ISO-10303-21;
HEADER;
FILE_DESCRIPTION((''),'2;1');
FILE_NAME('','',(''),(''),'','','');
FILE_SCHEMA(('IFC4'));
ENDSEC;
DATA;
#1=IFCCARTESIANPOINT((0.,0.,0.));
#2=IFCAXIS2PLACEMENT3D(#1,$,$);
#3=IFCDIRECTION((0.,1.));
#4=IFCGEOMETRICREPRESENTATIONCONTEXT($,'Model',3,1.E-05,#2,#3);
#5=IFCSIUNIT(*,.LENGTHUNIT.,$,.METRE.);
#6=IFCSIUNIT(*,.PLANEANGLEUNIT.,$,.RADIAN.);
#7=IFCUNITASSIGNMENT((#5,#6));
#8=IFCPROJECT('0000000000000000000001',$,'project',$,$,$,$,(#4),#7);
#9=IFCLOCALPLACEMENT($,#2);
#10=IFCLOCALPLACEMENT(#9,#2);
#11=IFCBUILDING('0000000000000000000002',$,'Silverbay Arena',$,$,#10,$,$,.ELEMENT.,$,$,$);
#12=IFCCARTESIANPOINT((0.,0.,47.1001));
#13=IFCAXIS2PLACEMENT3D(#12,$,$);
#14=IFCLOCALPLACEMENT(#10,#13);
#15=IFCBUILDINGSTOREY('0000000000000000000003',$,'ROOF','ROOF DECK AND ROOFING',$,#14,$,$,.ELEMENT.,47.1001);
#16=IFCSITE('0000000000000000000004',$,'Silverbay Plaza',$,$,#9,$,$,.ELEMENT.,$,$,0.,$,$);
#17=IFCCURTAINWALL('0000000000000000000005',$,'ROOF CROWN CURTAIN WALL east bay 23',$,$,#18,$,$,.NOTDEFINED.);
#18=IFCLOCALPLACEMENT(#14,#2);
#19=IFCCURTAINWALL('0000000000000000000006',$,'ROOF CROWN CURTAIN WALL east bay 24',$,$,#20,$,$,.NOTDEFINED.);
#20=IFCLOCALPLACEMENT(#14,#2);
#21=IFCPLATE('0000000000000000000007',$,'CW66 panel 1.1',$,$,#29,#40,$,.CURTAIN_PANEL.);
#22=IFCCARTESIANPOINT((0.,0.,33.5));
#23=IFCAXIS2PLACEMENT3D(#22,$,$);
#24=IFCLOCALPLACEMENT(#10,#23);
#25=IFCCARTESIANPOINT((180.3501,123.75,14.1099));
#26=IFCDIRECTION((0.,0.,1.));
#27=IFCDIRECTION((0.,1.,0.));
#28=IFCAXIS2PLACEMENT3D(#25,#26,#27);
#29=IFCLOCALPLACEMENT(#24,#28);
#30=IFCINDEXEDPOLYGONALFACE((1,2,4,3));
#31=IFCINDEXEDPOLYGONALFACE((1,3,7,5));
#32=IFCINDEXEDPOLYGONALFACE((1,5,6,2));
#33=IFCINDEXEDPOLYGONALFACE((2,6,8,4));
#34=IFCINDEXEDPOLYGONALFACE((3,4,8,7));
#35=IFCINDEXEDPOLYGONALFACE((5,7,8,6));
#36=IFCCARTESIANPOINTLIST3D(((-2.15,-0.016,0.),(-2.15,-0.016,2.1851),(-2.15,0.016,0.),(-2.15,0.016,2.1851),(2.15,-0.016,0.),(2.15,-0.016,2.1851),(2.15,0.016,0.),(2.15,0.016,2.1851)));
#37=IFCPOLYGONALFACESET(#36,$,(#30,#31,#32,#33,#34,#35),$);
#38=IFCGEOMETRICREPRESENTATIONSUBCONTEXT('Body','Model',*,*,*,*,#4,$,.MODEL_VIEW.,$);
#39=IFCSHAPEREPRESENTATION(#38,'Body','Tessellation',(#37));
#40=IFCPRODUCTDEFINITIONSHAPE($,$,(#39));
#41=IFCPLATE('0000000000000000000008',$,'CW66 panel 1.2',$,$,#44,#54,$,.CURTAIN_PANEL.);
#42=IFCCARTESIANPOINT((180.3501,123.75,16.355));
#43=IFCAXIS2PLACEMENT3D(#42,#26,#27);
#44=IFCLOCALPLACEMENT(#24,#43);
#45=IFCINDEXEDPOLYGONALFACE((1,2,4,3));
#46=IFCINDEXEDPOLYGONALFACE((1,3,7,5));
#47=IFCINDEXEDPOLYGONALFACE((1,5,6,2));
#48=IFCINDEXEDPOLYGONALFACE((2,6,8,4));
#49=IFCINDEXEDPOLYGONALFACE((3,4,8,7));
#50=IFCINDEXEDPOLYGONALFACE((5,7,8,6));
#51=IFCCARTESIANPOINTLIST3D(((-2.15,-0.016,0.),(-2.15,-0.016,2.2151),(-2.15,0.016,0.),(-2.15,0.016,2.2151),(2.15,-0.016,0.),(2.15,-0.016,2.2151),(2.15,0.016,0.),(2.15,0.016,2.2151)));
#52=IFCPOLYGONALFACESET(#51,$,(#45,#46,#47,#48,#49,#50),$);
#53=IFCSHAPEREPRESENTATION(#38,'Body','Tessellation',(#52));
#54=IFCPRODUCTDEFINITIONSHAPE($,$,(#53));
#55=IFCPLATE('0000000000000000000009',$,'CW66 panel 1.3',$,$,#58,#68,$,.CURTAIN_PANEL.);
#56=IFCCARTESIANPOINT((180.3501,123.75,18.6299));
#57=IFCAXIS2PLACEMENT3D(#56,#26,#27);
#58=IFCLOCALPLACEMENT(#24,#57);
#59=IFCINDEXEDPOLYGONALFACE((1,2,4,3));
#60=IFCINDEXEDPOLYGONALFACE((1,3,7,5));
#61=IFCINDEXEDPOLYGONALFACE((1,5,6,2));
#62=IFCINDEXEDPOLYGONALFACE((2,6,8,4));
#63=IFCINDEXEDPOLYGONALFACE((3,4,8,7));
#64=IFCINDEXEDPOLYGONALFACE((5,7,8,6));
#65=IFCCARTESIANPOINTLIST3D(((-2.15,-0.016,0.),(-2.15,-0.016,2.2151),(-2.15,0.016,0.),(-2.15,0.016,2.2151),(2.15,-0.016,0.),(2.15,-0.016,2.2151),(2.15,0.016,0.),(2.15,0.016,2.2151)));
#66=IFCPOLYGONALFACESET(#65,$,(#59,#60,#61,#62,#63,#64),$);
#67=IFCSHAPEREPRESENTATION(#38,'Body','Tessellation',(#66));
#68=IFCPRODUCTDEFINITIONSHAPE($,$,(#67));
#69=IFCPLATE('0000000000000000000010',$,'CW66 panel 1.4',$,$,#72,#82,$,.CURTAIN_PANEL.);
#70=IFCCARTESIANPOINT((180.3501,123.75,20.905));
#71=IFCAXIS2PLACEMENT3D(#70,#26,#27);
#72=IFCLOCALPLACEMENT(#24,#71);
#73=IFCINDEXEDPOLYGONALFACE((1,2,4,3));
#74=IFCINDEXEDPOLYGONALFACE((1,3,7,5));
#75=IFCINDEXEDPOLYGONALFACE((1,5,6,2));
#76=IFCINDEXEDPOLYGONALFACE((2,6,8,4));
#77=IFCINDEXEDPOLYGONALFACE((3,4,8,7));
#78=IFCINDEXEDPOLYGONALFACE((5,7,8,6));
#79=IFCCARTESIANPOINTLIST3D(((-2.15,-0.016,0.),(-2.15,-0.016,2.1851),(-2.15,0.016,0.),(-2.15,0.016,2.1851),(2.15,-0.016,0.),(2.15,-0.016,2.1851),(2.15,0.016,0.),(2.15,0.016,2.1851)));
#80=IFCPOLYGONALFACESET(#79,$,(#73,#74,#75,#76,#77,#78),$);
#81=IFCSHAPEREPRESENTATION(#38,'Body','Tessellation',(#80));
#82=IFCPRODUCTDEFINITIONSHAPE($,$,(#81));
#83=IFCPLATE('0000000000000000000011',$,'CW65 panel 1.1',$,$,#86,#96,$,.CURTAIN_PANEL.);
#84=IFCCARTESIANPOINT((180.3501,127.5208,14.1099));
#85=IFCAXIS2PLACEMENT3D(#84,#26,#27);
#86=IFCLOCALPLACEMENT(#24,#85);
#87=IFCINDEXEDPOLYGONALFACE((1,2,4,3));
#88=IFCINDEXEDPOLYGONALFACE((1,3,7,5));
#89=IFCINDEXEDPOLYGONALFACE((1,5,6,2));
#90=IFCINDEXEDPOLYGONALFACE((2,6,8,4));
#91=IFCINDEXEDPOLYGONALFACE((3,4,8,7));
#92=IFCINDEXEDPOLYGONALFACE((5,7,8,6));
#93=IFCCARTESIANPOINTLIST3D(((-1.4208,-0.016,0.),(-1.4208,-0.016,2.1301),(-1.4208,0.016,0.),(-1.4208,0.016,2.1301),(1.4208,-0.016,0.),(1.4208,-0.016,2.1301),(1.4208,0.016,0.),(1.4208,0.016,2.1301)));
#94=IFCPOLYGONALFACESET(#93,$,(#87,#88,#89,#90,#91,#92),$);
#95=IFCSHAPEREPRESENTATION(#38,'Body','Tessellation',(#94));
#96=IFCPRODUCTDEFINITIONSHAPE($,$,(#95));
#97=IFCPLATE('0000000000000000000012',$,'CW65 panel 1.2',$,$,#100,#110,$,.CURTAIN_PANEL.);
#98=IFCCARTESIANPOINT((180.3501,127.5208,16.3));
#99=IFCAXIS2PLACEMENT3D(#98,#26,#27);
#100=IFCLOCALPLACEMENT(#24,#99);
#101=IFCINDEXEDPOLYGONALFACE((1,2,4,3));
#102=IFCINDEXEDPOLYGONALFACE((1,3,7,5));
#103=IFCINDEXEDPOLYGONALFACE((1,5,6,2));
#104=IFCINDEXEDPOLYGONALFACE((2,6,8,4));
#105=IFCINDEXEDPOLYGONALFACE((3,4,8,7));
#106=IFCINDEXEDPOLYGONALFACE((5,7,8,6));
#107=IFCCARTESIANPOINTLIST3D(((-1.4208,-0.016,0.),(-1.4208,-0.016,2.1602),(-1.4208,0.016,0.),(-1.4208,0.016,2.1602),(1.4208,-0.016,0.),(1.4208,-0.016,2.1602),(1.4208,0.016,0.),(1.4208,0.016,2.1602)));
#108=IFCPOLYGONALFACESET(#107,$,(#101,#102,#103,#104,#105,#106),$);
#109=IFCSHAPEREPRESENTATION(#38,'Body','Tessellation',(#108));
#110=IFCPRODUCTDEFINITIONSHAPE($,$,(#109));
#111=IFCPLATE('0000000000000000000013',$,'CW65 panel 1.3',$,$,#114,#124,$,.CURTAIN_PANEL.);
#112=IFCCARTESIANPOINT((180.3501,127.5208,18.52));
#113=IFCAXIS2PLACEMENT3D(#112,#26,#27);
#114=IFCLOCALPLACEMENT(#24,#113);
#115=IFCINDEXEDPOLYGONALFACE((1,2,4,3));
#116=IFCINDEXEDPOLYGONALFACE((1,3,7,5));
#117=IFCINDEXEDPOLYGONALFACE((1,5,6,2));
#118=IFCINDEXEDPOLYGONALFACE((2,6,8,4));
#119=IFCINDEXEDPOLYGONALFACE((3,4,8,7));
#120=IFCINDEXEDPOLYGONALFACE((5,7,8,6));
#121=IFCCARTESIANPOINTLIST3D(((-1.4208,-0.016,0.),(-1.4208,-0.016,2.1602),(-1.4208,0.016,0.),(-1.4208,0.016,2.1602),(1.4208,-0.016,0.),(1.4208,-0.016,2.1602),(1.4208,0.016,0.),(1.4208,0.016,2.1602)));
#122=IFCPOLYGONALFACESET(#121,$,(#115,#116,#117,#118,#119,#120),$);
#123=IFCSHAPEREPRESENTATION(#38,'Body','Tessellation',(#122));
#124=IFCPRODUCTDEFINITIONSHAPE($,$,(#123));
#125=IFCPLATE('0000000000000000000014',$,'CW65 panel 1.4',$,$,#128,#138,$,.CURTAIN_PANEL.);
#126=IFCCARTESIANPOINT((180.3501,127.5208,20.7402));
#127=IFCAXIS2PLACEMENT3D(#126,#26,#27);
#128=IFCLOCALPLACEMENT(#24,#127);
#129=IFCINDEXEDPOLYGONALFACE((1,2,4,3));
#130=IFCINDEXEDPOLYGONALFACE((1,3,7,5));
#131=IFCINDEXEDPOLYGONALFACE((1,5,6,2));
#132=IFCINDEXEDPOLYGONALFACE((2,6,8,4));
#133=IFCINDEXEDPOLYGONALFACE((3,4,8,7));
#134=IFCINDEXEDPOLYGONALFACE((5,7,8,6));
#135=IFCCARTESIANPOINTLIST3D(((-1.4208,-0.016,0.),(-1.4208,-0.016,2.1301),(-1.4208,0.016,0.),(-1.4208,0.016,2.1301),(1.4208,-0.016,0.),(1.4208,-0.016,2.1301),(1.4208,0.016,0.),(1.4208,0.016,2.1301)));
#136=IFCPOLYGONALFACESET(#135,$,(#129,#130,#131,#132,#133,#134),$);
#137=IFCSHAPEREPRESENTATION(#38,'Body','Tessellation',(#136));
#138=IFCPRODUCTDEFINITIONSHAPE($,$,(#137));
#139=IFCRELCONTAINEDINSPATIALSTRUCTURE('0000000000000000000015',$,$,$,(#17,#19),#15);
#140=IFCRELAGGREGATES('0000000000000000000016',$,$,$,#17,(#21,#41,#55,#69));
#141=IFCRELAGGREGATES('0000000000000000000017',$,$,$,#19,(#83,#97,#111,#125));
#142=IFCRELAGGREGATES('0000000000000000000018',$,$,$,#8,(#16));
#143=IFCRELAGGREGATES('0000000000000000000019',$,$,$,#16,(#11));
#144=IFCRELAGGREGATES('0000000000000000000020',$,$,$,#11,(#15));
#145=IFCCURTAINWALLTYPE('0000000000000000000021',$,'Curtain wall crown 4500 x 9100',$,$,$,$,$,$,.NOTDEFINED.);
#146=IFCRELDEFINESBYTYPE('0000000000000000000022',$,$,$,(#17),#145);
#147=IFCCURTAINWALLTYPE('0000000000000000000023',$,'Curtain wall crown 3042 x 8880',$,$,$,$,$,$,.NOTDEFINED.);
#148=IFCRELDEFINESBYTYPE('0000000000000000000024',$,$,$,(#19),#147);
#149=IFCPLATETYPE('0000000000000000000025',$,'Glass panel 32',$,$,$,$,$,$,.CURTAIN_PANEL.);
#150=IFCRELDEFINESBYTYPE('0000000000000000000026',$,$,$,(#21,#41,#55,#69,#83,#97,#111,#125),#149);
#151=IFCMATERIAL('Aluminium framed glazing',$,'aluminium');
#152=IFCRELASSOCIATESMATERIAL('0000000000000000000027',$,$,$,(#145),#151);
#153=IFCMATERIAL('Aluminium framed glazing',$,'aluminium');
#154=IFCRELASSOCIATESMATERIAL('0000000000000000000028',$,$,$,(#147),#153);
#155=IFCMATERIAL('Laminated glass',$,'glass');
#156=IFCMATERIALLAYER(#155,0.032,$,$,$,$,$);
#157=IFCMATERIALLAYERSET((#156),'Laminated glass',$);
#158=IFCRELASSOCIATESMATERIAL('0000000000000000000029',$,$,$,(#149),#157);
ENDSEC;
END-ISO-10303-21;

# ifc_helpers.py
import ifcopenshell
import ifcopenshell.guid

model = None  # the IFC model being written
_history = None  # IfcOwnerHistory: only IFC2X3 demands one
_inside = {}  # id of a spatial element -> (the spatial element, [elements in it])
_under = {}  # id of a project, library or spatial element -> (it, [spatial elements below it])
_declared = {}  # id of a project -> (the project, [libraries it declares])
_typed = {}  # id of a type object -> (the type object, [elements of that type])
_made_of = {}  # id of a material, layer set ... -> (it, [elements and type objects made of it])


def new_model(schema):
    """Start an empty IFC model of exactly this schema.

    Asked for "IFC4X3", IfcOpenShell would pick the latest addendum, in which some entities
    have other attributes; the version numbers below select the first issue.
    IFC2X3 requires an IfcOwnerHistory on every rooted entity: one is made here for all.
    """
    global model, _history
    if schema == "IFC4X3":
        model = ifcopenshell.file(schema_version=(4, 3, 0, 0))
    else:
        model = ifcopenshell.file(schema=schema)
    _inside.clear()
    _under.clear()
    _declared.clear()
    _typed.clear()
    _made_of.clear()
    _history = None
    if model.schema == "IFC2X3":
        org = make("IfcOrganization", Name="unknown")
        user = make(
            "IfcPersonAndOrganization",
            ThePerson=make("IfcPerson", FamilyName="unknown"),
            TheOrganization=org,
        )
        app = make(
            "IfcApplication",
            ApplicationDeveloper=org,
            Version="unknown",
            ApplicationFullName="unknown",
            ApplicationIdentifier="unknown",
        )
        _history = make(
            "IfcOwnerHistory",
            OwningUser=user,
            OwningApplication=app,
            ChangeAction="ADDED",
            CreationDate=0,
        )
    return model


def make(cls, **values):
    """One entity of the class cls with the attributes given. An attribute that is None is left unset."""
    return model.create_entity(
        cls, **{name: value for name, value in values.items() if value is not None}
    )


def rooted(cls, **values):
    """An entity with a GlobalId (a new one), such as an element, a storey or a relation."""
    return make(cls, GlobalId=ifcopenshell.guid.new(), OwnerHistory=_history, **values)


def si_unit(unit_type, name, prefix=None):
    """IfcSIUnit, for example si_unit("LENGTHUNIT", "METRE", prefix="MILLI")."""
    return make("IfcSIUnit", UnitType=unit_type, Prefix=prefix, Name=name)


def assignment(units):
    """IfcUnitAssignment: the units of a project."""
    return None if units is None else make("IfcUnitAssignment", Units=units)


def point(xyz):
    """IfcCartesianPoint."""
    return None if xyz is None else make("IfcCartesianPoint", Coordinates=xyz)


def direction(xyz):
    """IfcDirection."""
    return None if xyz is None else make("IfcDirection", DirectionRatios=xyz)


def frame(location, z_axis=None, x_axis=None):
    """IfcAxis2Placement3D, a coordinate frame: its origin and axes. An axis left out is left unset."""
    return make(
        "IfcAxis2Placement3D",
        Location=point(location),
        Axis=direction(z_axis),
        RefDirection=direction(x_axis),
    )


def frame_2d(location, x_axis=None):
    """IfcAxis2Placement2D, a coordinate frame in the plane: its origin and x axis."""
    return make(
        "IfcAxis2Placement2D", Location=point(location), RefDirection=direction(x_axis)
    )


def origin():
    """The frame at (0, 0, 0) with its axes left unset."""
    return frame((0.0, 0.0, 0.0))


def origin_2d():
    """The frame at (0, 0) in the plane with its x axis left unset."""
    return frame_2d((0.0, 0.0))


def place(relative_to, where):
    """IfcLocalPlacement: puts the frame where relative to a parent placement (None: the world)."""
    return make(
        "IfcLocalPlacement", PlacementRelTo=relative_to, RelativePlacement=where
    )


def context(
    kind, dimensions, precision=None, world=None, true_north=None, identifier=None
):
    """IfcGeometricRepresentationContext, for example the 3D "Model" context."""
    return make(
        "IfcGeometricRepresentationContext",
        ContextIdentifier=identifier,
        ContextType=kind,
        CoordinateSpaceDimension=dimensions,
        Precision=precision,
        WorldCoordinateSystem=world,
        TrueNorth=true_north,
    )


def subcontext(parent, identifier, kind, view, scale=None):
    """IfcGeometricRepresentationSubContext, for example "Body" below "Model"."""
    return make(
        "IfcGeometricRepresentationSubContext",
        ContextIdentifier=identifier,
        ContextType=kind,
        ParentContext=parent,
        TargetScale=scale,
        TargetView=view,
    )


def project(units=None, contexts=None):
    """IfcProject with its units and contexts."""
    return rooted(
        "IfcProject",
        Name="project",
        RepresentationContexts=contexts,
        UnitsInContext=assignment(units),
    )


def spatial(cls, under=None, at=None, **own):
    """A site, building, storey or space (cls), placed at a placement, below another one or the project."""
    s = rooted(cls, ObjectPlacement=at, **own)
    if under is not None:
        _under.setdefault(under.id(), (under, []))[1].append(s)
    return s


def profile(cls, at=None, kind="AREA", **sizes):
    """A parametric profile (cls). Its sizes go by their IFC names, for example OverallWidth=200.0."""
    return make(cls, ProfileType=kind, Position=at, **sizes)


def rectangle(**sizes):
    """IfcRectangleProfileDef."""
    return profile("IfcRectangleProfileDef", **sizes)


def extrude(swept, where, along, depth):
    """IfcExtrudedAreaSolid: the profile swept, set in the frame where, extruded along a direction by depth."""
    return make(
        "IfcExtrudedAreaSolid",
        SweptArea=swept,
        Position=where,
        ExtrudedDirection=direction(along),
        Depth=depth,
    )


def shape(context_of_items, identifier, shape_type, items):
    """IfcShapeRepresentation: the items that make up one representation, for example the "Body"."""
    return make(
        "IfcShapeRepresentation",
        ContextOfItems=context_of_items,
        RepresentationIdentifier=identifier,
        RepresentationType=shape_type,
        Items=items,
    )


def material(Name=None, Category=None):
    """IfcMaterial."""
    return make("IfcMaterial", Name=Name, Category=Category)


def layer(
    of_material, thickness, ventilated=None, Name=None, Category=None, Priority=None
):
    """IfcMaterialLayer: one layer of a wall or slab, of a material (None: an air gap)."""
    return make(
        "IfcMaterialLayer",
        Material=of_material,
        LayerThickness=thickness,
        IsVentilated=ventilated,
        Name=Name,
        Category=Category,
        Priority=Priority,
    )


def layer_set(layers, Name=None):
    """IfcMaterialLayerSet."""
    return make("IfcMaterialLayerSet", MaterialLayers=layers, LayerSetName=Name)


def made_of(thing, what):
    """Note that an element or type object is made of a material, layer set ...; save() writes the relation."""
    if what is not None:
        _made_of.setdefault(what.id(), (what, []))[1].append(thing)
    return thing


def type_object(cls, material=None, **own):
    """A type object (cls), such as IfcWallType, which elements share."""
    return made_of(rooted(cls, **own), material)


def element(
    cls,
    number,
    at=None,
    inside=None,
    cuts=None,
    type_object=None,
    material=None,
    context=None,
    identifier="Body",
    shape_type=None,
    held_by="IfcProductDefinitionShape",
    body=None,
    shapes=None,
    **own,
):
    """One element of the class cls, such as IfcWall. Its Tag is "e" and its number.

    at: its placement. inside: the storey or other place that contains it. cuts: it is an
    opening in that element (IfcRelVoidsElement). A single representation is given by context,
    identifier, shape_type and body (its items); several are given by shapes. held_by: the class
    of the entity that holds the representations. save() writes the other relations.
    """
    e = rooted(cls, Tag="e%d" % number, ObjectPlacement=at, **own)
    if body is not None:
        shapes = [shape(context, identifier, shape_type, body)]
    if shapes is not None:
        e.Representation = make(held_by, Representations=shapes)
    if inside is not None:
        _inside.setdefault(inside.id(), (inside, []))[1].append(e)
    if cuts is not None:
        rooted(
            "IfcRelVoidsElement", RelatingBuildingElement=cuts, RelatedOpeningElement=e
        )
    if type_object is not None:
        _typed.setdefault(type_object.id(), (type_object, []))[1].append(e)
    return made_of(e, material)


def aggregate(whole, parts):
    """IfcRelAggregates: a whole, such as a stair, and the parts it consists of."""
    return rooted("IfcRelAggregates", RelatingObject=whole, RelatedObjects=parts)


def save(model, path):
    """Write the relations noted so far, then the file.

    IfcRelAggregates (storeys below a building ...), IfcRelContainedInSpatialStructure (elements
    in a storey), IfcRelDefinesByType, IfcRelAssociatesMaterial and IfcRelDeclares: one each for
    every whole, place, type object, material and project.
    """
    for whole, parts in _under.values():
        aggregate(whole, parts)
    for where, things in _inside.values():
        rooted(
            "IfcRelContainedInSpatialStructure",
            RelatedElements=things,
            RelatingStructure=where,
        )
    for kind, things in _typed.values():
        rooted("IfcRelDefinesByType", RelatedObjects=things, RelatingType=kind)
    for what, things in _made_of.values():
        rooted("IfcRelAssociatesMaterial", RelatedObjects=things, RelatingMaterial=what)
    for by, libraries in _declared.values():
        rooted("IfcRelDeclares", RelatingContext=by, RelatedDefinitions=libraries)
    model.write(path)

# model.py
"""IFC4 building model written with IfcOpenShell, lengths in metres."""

from ifc_helpers import new_model, si_unit, direction, frame, origin, origin_2d, place, context, subcontext, project, spatial, rectangle, extrude, material, layer, layer_set, type_object, element, aggregate, save


model = new_model("IFC4")

# Units and contexts
model_context = context("Model", 3, precision=1e-05, world=origin(), true_north=direction((0.0, 1.0)))
body_context = subcontext(model_context, "Body", "Model", "MODEL_VIEW")
ifc_project = project(units=[si_unit("LENGTHUNIT", "METRE"), si_unit("PLANEANGLEUNIT", "RADIAN")], contexts=[model_context])

# Site, building, storey
site_placement = place(None, origin())
site = spatial("IfcSite", under=ifc_project, at=site_placement, Name="Silverbay Plaza", CompositionType="ELEMENT", RefElevation=0.0)
building_placement = place(site_placement, origin())
building = spatial("IfcBuilding", under=site, at=building_placement, Name="Silverbay Arena", CompositionType="ELEMENT")
storey_placement = place(building_placement, frame((0.0, 0.0, 47.1001)))
storey = spatial("IfcBuildingStorey", under=building, at=storey_placement, Name="ROOF", Description="ROOF DECK AND ROOFING", CompositionType="ELEMENT", Elevation=47.1001)

# Curtain wall
ifc_material_1 = material(Name="Aluminium framed glazing", Category="aluminium")
curtain_wall_type_1 = type_object("IfcCurtainWallType", Name="Curtain wall crown 4500 x 9100", PredefinedType="NOTDEFINED", material=ifc_material_1)
curtain_wall_1_placement = place(storey_placement, origin())
curtain_wall_1 = element("IfcCurtainWall", 1, at=curtain_wall_1_placement, inside=storey, type_object=curtain_wall_type_1, Name="ROOF CROWN CURTAIN WALL east bay 23", PredefinedType="NOTDEFINED")
placement = place(building_placement, frame((0.0, 0.0, 33.5)))

# Curtain wall
ifc_material_2 = material(Name="Aluminium framed glazing", Category="aluminium")
curtain_wall_type_2 = type_object("IfcCurtainWallType", Name="Curtain wall crown 3042 x 8880", PredefinedType="NOTDEFINED", material=ifc_material_2)
curtain_wall_2_placement = place(storey_placement, origin())
curtain_wall_2 = element("IfcCurtainWall", 2, at=curtain_wall_2_placement, inside=storey, type_object=curtain_wall_type_2, Name="ROOF CROWN CURTAIN WALL east bay 24", PredefinedType="NOTDEFINED")

# Plates
ifc_material_3 = material(Name="Laminated glass", Category="glass")
ifc_layer_1 = layer(ifc_material_3, 0.032)
ifc_layer_set_1 = layer_set([ifc_layer_1], Name="Laminated glass")
plate_type = type_object("IfcPlateType", Name="Glass panel 32", PredefinedType="CURTAIN_PANEL", material=ifc_layer_set_1)
plate_1_placement = place(placement, frame((180.3501, 123.75, 14.1099), z_axis=(0.0, 0.0, 1.0), x_axis=(0.0, 1.0, 0.0)))
plate_1 = element("IfcPlate", 3, at=plate_1_placement, type_object=plate_type, Name="CW66 panel 1.1", PredefinedType="CURTAIN_PANEL", context=body_context, shape_type="SweptSolid", body=[
    extrude(rectangle(XDim=4.3, YDim=0.032, at=origin_2d()), origin(), (0.0, 0.0, 1.0), 2.1851),
])
plate_2_placement = place(placement, frame((180.3501, 123.75, 16.355), z_axis=(0.0, 0.0, 1.0), x_axis=(0.0, 1.0, 0.0)))
plate_2 = element("IfcPlate", 4, at=plate_2_placement, type_object=plate_type, Name="CW66 panel 1.2", PredefinedType="CURTAIN_PANEL", context=body_context, shape_type="SweptSolid", body=[
    extrude(rectangle(XDim=4.3, YDim=0.032, at=origin_2d()), origin(), (0.0, 0.0, 1.0), 2.2151),
])
plate_3_placement = place(placement, frame((180.3501, 123.75, 18.6299), z_axis=(0.0, 0.0, 1.0), x_axis=(0.0, 1.0, 0.0)))
plate_3 = element("IfcPlate", 5, at=plate_3_placement, type_object=plate_type, Name="CW66 panel 1.3", PredefinedType="CURTAIN_PANEL", context=body_context, shape_type="SweptSolid", body=[
    extrude(rectangle(XDim=4.3, YDim=0.032, at=origin_2d()), origin(), (0.0, 0.0, 1.0), 2.2151),
])
plate_4_placement = place(placement, frame((180.3501, 123.75, 20.905), z_axis=(0.0, 0.0, 1.0), x_axis=(0.0, 1.0, 0.0)))
plate_4 = element("IfcPlate", 6, at=plate_4_placement, type_object=plate_type, Name="CW66 panel 1.4", PredefinedType="CURTAIN_PANEL", context=body_context, shape_type="SweptSolid", body=[
    extrude(rectangle(XDim=4.3, YDim=0.032, at=origin_2d()), origin(), (0.0, 0.0, 1.0), 2.1851),
])
aggregate(curtain_wall_1, [plate_1, plate_2, plate_3, plate_4])
plate_5_placement = place(placement, frame((180.3501, 127.5208, 14.1099), z_axis=(0.0, 0.0, 1.0), x_axis=(0.0, 1.0, 0.0)))
plate_5 = element("IfcPlate", 7, at=plate_5_placement, type_object=plate_type, Name="CW65 panel 1.1", PredefinedType="CURTAIN_PANEL", context=body_context, shape_type="SweptSolid", body=[
    extrude(rectangle(XDim=2.8416, YDim=0.032, at=origin_2d()), origin(), (0.0, 0.0, 1.0), 2.1301),
])
plate_6_placement = place(placement, frame((180.3501, 127.5208, 16.3), z_axis=(0.0, 0.0, 1.0), x_axis=(0.0, 1.0, 0.0)))
plate_6 = element("IfcPlate", 8, at=plate_6_placement, type_object=plate_type, Name="CW65 panel 1.2", PredefinedType="CURTAIN_PANEL", context=body_context, shape_type="SweptSolid", body=[
    extrude(rectangle(XDim=2.8416, YDim=0.032, at=origin_2d()), origin(), (0.0, 0.0, 1.0), 2.1602),
])
plate_7_placement = place(placement, frame((180.3501, 127.5208, 18.52), z_axis=(0.0, 0.0, 1.0), x_axis=(0.0, 1.0, 0.0)))
plate_7 = element("IfcPlate", 9, at=plate_7_placement, type_object=plate_type, Name="CW65 panel 1.3", PredefinedType="CURTAIN_PANEL", context=body_context, shape_type="SweptSolid", body=[
    extrude(rectangle(XDim=2.8416, YDim=0.032, at=origin_2d()), origin(), (0.0, 0.0, 1.0), 2.1602),
])
plate_8_placement = place(placement, frame((180.3501, 127.5208, 20.7402), z_axis=(0.0, 0.0, 1.0), x_axis=(0.0, 1.0, 0.0)))
plate_8 = element("IfcPlate", 10, at=plate_8_placement, type_object=plate_type, Name="CW65 panel 1.4", PredefinedType="CURTAIN_PANEL", context=body_context, shape_type="SweptSolid", body=[
    extrude(rectangle(XDim=2.8416, YDim=0.032, at=origin_2d()), origin(), (0.0, 0.0, 1.0), 2.1301),
])
aggregate(curtain_wall_2, [plate_5, plate_6, plate_7, plate_8])

save(model, "model.ifc")
